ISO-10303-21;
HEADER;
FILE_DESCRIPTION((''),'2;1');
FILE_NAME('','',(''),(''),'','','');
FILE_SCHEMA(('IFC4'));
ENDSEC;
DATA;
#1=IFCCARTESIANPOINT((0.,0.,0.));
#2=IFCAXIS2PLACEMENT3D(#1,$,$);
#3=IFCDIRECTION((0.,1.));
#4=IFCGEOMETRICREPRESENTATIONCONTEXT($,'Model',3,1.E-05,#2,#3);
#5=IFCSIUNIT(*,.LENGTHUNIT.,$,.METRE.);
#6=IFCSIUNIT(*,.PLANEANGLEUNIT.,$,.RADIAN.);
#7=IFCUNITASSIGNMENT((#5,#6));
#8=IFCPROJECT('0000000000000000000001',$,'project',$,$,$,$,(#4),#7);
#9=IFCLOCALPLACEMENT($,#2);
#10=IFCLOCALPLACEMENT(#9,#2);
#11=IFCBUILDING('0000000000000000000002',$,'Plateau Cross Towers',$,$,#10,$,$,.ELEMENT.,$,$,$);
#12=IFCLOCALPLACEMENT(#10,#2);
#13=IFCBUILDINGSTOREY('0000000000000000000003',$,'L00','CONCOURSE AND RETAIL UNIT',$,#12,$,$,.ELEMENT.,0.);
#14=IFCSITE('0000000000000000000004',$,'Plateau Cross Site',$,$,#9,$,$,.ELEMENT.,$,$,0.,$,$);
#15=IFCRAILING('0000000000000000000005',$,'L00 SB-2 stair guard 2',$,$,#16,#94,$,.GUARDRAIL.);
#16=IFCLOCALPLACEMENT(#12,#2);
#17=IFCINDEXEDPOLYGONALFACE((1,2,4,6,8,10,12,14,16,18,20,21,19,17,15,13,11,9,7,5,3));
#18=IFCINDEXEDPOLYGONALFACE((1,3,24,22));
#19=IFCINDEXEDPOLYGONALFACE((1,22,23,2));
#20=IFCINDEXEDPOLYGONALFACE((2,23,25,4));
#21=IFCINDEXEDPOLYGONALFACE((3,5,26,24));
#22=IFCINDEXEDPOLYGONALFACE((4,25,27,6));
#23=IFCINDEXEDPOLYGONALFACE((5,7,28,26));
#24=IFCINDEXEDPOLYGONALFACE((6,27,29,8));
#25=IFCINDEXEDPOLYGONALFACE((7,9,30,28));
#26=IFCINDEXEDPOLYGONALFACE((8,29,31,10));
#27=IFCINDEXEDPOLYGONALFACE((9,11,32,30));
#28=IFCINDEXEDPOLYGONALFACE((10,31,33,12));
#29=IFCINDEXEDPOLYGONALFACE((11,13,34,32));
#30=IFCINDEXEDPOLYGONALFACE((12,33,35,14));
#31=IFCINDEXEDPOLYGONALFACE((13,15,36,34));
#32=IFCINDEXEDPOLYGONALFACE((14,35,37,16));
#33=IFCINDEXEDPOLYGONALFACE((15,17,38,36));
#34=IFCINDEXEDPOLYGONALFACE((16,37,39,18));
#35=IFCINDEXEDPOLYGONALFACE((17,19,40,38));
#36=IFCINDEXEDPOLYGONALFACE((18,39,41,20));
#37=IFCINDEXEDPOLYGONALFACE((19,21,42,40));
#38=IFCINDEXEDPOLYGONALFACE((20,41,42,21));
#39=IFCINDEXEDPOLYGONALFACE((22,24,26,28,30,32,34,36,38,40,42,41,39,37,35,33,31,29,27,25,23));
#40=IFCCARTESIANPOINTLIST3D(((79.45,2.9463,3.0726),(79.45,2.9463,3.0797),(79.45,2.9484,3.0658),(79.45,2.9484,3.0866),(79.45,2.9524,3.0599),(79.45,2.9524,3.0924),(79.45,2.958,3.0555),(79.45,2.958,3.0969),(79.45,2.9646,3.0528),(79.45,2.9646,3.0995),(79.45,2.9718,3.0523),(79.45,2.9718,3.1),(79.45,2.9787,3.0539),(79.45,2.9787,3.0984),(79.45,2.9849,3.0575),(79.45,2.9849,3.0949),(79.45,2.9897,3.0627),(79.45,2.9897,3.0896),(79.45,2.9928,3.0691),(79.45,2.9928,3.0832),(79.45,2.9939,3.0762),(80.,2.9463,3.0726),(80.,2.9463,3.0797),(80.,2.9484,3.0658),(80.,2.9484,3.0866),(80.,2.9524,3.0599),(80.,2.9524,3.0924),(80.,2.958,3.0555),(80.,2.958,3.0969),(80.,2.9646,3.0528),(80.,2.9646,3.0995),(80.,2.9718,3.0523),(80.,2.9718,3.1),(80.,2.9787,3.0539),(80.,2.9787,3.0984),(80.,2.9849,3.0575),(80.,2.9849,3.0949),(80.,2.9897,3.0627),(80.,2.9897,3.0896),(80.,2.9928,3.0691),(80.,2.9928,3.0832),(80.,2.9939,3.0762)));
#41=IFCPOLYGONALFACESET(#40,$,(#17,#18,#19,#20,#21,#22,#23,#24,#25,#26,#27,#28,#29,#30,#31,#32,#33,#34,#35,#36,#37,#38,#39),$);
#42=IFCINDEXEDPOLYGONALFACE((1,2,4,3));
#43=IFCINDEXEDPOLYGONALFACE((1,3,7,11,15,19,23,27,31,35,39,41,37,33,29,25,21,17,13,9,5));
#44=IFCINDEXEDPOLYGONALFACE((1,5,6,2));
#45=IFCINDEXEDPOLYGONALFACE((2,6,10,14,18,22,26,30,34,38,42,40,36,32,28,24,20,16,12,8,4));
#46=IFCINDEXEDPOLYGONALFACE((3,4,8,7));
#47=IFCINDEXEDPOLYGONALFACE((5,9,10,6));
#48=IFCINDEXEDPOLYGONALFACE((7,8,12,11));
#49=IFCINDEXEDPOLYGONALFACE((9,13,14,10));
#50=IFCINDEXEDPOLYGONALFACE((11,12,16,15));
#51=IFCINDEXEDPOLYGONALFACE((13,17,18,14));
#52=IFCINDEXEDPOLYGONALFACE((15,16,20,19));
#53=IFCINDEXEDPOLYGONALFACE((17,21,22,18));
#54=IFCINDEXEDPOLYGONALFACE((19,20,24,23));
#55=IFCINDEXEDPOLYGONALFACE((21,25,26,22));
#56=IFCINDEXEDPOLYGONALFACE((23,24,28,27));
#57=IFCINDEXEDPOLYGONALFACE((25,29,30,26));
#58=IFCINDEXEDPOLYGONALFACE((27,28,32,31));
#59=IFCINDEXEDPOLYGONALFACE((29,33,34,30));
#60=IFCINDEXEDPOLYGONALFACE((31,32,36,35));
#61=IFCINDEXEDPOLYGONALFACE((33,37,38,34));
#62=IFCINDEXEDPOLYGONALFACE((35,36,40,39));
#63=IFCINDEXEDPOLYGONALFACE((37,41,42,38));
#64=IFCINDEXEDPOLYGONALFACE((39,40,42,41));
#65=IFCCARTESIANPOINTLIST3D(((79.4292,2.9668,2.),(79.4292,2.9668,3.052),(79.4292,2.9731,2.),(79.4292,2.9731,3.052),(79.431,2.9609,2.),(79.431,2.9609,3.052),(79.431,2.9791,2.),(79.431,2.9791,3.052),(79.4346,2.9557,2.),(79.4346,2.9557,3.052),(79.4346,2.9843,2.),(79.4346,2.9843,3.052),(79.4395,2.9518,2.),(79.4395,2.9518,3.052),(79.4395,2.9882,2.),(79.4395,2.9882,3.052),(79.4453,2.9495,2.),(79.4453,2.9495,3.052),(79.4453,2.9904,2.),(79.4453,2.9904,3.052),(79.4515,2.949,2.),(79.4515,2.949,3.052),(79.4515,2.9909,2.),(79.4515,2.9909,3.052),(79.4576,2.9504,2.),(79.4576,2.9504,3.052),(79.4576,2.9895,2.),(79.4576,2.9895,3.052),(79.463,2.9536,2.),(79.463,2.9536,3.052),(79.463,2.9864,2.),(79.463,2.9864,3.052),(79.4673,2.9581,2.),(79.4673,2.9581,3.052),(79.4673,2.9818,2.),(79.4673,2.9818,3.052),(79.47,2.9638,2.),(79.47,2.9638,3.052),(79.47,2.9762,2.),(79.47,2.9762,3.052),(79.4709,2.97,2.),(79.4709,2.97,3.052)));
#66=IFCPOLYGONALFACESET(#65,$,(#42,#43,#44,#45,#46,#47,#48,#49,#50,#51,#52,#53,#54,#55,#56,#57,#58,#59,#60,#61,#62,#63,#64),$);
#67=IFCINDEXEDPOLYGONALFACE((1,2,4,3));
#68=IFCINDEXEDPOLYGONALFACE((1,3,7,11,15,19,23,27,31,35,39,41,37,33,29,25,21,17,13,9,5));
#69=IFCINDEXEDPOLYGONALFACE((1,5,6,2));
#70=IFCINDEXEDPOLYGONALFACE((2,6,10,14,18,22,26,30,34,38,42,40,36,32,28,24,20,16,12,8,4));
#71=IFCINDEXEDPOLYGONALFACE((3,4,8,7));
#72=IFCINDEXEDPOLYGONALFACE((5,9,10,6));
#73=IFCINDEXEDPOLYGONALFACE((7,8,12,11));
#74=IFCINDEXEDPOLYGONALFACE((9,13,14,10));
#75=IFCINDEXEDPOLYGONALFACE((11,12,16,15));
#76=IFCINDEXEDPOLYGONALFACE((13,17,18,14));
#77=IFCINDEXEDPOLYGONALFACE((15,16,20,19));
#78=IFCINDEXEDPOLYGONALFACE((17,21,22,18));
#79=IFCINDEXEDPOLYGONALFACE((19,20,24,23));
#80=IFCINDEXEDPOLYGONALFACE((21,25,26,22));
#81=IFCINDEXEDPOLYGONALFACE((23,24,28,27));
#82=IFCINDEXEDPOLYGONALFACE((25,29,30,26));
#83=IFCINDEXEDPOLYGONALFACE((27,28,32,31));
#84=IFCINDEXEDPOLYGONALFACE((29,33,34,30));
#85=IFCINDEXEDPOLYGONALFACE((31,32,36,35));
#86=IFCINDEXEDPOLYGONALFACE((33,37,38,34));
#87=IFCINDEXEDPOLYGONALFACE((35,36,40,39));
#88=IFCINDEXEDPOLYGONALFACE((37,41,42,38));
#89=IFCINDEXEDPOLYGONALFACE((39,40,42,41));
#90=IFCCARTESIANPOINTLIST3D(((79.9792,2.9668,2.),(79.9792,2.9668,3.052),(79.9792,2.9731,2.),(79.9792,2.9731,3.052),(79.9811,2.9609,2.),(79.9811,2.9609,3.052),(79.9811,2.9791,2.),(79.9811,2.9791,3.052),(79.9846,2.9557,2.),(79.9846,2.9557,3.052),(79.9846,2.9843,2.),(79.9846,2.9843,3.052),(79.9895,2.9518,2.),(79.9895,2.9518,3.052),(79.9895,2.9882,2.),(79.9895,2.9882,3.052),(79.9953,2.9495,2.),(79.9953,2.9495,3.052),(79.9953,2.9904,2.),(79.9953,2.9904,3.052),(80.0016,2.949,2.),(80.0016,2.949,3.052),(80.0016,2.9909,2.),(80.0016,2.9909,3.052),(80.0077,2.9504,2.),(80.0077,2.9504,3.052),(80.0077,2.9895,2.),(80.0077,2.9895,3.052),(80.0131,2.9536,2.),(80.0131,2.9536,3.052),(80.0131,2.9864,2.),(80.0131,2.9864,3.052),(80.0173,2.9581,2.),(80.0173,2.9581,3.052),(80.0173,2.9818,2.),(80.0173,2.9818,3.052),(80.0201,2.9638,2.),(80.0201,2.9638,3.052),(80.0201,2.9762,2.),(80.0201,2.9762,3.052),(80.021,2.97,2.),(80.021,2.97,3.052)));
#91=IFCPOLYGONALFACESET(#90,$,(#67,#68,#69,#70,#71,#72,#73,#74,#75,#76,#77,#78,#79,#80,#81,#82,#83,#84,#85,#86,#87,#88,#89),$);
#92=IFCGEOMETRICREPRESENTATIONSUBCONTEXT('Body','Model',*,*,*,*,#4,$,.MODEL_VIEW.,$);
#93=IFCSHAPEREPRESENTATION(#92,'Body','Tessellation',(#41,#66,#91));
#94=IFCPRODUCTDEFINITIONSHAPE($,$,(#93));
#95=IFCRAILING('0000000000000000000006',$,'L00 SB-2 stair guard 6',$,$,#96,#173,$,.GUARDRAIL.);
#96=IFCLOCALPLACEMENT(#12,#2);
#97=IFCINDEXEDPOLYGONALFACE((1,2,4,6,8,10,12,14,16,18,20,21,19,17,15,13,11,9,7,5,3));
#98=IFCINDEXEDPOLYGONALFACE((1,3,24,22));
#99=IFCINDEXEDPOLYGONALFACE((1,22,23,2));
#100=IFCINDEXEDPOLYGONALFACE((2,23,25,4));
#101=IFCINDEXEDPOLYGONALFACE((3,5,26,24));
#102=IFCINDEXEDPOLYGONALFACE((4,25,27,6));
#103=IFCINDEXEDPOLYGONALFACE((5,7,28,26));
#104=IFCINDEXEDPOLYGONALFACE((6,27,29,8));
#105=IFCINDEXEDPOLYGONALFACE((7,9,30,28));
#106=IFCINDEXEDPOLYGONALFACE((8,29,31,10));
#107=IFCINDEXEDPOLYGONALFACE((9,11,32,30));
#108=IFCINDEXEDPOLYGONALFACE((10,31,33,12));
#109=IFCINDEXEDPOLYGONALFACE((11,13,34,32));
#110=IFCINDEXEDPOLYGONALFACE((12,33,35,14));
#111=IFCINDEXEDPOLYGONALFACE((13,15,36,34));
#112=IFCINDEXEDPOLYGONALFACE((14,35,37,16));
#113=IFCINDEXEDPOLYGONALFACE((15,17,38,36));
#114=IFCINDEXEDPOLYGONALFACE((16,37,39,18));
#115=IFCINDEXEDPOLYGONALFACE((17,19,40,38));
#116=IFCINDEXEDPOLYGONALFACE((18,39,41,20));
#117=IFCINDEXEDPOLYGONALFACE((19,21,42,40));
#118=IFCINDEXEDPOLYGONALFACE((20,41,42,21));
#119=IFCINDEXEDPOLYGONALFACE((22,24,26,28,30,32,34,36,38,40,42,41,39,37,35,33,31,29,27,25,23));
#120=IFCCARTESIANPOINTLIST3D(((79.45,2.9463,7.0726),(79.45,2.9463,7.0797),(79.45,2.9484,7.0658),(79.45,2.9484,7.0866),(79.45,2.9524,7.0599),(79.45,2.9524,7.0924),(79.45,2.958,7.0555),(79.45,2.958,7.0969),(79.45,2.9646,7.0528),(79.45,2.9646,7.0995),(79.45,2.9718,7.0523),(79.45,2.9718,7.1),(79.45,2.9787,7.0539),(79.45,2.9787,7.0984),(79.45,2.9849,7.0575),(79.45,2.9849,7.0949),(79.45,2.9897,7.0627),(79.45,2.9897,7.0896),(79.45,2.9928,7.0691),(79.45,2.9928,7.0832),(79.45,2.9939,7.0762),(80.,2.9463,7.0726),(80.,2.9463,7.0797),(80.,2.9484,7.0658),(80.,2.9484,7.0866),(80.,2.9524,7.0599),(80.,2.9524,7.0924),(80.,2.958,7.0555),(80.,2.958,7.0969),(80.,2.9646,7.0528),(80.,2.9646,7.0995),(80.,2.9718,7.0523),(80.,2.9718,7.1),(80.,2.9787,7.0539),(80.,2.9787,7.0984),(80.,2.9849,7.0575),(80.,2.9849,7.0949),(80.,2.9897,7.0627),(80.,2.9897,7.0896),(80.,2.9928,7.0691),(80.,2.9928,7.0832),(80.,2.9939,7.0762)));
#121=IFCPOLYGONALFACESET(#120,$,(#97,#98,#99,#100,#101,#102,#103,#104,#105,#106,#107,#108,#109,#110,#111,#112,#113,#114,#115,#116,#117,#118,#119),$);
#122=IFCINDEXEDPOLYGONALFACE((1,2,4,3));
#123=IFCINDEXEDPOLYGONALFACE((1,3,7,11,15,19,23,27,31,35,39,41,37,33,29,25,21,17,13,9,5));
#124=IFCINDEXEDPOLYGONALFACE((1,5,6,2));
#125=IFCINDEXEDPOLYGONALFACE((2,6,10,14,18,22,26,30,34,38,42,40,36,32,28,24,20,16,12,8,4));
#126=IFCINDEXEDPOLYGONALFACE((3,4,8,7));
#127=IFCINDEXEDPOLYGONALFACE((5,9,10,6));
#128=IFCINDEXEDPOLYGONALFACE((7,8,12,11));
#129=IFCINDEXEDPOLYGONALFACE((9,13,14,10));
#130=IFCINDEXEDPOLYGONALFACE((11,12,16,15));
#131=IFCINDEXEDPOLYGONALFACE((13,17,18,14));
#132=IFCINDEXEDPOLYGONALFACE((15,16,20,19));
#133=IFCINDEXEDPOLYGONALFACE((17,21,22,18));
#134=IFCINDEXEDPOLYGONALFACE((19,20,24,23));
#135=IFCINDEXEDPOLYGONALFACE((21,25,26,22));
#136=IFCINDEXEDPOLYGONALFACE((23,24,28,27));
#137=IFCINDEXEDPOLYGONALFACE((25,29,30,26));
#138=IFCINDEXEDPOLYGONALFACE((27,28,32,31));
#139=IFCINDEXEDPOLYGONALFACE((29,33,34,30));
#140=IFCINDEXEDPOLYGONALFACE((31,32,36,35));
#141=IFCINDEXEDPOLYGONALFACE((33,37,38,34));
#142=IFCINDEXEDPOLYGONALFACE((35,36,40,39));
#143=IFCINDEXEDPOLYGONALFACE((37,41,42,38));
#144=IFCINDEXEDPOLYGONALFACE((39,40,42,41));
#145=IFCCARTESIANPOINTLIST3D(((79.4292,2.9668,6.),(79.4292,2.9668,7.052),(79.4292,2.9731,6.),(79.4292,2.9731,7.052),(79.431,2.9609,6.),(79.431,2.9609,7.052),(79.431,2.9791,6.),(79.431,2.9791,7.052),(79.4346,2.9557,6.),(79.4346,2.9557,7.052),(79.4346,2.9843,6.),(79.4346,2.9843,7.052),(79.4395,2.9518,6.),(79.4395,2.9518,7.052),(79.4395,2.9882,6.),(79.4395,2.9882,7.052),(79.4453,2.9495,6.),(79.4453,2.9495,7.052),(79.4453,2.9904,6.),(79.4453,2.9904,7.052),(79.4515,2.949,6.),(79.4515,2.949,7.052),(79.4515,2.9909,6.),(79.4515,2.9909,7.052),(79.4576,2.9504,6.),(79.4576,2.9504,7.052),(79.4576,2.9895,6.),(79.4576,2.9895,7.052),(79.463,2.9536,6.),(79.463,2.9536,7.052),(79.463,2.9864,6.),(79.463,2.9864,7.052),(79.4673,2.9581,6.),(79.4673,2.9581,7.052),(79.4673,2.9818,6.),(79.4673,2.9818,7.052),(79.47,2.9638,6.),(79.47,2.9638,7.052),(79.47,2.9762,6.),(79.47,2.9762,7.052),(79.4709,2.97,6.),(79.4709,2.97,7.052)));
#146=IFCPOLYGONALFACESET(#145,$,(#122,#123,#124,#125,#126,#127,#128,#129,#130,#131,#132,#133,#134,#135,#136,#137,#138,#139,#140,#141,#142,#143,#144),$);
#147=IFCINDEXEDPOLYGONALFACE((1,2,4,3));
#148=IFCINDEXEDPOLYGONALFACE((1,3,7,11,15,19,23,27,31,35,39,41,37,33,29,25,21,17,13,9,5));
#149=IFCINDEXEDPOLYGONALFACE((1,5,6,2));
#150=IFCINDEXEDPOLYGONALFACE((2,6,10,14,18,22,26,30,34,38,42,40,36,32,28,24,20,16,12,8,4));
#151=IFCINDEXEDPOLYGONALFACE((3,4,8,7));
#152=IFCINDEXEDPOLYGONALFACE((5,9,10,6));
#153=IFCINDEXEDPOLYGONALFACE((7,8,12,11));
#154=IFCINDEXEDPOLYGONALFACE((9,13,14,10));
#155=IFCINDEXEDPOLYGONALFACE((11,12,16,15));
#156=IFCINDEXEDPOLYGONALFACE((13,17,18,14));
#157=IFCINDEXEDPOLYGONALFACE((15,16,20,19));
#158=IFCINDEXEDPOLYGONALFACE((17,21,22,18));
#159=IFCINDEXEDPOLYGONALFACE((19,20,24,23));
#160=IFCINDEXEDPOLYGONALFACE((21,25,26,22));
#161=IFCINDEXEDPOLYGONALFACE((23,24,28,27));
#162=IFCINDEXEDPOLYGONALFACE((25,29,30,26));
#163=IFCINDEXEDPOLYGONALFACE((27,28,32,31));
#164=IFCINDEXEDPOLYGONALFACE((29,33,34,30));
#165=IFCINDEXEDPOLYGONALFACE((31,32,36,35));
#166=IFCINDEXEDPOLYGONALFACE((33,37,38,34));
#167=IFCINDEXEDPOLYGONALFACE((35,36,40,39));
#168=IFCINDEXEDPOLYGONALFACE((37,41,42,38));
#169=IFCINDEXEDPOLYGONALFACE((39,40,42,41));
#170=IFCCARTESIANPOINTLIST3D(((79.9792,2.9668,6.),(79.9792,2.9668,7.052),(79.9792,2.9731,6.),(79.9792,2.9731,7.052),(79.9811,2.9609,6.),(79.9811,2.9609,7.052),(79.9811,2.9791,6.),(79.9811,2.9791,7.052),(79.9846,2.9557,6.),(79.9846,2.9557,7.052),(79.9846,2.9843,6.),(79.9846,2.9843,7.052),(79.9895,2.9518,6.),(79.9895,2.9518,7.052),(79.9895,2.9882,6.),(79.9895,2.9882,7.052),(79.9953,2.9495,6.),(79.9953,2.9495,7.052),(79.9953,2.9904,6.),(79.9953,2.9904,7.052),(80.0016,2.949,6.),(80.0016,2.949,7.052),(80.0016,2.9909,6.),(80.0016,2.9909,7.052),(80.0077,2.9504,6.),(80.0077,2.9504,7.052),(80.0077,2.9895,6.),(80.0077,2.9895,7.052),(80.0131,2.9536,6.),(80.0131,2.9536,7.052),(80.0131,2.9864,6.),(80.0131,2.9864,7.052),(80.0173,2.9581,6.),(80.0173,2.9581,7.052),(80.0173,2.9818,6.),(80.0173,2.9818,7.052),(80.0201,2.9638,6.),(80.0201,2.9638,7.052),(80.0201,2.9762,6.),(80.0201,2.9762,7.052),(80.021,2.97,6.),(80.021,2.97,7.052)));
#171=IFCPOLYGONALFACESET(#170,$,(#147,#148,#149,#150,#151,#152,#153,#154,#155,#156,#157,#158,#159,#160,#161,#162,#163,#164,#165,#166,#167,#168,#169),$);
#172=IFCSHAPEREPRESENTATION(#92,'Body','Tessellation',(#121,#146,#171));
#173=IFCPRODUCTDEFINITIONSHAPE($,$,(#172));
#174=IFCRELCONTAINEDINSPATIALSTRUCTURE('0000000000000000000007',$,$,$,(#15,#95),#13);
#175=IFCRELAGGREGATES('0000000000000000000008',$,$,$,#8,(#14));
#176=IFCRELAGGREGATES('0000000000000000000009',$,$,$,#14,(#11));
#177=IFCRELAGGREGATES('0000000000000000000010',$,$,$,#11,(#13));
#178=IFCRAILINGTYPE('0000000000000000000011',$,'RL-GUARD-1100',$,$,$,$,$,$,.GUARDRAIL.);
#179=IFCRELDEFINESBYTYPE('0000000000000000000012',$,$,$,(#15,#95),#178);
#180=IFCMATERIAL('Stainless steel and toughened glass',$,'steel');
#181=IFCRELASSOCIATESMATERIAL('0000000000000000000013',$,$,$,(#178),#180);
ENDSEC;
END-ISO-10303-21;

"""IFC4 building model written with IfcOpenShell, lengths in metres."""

from ifc_helpers import new_model, si_unit, direction, frame, origin, origin_2d, place, context, subcontext, project, spatial, circle, extrude, material, type_object, element, save


model = new_model("IFC4")

# Units and contexts
model_context = context("Model", 3, precision=1e-05, world=origin(), true_north=direction((0.0, 1.0)))
body_context = subcontext(model_context, "Body", "Model", "MODEL_VIEW")
ifc_project = project(units=[si_unit("LENGTHUNIT", "METRE"), si_unit("PLANEANGLEUNIT", "RADIAN")], contexts=[model_context])

# Site, building, storey
site_placement = place(None, origin())
site = spatial("IfcSite", under=ifc_project, at=site_placement, Name="Plateau Cross Site", CompositionType="ELEMENT", RefElevation=0.0)
building_placement = place(site_placement, origin())
building = spatial("IfcBuilding", under=site, at=building_placement, Name="Plateau Cross Towers", CompositionType="ELEMENT")
storey_placement = place(building_placement, origin())
storey = spatial("IfcBuildingStorey", under=building, at=storey_placement, Name="L00", Description="CONCOURSE AND RETAIL UNIT", CompositionType="ELEMENT", Elevation=0.0)

# Railings
ifc_material_1 = material(Name="Stainless steel and toughened glass", Category="steel")
railing_type = type_object("IfcRailingType", Name="RL-GUARD-1100", PredefinedType="GUARDRAIL", material=ifc_material_1)
for number, where, name in (
    (1, (79.45, 2.97, 2.0), "L00 SB-2 stair guard 2"),
    (2, (79.45, 2.97, 6.0), "L00 SB-2 stair guard 6"),
):
    element("IfcRailing", number, at=place(storey_placement, frame(where)), inside=storey, type_object=railing_type, Name=name, PredefinedType="GUARDRAIL", context=body_context, shape_type="SweptSolid", body=[
        extrude(circle(Radius=0.0239, at=origin_2d()), frame((0.0, 0.0, 1.0762), z_axis=(1.0, 0.0, 0.0), x_axis=(0.0, 1.0, 0.0)), (0.0, 0.0, 1.0), 0.55),
        extrude(circle(Radius=0.021, at=origin_2d()), origin(), (0.0, 0.0, 1.0), 1.052),
        extrude(circle(Radius=0.021, at=origin_2d()), frame((0.55, 0.0, 0.0)), (0.0, 0.0, 1.0), 1.052),
    ])

save(model, "model.ifc")
